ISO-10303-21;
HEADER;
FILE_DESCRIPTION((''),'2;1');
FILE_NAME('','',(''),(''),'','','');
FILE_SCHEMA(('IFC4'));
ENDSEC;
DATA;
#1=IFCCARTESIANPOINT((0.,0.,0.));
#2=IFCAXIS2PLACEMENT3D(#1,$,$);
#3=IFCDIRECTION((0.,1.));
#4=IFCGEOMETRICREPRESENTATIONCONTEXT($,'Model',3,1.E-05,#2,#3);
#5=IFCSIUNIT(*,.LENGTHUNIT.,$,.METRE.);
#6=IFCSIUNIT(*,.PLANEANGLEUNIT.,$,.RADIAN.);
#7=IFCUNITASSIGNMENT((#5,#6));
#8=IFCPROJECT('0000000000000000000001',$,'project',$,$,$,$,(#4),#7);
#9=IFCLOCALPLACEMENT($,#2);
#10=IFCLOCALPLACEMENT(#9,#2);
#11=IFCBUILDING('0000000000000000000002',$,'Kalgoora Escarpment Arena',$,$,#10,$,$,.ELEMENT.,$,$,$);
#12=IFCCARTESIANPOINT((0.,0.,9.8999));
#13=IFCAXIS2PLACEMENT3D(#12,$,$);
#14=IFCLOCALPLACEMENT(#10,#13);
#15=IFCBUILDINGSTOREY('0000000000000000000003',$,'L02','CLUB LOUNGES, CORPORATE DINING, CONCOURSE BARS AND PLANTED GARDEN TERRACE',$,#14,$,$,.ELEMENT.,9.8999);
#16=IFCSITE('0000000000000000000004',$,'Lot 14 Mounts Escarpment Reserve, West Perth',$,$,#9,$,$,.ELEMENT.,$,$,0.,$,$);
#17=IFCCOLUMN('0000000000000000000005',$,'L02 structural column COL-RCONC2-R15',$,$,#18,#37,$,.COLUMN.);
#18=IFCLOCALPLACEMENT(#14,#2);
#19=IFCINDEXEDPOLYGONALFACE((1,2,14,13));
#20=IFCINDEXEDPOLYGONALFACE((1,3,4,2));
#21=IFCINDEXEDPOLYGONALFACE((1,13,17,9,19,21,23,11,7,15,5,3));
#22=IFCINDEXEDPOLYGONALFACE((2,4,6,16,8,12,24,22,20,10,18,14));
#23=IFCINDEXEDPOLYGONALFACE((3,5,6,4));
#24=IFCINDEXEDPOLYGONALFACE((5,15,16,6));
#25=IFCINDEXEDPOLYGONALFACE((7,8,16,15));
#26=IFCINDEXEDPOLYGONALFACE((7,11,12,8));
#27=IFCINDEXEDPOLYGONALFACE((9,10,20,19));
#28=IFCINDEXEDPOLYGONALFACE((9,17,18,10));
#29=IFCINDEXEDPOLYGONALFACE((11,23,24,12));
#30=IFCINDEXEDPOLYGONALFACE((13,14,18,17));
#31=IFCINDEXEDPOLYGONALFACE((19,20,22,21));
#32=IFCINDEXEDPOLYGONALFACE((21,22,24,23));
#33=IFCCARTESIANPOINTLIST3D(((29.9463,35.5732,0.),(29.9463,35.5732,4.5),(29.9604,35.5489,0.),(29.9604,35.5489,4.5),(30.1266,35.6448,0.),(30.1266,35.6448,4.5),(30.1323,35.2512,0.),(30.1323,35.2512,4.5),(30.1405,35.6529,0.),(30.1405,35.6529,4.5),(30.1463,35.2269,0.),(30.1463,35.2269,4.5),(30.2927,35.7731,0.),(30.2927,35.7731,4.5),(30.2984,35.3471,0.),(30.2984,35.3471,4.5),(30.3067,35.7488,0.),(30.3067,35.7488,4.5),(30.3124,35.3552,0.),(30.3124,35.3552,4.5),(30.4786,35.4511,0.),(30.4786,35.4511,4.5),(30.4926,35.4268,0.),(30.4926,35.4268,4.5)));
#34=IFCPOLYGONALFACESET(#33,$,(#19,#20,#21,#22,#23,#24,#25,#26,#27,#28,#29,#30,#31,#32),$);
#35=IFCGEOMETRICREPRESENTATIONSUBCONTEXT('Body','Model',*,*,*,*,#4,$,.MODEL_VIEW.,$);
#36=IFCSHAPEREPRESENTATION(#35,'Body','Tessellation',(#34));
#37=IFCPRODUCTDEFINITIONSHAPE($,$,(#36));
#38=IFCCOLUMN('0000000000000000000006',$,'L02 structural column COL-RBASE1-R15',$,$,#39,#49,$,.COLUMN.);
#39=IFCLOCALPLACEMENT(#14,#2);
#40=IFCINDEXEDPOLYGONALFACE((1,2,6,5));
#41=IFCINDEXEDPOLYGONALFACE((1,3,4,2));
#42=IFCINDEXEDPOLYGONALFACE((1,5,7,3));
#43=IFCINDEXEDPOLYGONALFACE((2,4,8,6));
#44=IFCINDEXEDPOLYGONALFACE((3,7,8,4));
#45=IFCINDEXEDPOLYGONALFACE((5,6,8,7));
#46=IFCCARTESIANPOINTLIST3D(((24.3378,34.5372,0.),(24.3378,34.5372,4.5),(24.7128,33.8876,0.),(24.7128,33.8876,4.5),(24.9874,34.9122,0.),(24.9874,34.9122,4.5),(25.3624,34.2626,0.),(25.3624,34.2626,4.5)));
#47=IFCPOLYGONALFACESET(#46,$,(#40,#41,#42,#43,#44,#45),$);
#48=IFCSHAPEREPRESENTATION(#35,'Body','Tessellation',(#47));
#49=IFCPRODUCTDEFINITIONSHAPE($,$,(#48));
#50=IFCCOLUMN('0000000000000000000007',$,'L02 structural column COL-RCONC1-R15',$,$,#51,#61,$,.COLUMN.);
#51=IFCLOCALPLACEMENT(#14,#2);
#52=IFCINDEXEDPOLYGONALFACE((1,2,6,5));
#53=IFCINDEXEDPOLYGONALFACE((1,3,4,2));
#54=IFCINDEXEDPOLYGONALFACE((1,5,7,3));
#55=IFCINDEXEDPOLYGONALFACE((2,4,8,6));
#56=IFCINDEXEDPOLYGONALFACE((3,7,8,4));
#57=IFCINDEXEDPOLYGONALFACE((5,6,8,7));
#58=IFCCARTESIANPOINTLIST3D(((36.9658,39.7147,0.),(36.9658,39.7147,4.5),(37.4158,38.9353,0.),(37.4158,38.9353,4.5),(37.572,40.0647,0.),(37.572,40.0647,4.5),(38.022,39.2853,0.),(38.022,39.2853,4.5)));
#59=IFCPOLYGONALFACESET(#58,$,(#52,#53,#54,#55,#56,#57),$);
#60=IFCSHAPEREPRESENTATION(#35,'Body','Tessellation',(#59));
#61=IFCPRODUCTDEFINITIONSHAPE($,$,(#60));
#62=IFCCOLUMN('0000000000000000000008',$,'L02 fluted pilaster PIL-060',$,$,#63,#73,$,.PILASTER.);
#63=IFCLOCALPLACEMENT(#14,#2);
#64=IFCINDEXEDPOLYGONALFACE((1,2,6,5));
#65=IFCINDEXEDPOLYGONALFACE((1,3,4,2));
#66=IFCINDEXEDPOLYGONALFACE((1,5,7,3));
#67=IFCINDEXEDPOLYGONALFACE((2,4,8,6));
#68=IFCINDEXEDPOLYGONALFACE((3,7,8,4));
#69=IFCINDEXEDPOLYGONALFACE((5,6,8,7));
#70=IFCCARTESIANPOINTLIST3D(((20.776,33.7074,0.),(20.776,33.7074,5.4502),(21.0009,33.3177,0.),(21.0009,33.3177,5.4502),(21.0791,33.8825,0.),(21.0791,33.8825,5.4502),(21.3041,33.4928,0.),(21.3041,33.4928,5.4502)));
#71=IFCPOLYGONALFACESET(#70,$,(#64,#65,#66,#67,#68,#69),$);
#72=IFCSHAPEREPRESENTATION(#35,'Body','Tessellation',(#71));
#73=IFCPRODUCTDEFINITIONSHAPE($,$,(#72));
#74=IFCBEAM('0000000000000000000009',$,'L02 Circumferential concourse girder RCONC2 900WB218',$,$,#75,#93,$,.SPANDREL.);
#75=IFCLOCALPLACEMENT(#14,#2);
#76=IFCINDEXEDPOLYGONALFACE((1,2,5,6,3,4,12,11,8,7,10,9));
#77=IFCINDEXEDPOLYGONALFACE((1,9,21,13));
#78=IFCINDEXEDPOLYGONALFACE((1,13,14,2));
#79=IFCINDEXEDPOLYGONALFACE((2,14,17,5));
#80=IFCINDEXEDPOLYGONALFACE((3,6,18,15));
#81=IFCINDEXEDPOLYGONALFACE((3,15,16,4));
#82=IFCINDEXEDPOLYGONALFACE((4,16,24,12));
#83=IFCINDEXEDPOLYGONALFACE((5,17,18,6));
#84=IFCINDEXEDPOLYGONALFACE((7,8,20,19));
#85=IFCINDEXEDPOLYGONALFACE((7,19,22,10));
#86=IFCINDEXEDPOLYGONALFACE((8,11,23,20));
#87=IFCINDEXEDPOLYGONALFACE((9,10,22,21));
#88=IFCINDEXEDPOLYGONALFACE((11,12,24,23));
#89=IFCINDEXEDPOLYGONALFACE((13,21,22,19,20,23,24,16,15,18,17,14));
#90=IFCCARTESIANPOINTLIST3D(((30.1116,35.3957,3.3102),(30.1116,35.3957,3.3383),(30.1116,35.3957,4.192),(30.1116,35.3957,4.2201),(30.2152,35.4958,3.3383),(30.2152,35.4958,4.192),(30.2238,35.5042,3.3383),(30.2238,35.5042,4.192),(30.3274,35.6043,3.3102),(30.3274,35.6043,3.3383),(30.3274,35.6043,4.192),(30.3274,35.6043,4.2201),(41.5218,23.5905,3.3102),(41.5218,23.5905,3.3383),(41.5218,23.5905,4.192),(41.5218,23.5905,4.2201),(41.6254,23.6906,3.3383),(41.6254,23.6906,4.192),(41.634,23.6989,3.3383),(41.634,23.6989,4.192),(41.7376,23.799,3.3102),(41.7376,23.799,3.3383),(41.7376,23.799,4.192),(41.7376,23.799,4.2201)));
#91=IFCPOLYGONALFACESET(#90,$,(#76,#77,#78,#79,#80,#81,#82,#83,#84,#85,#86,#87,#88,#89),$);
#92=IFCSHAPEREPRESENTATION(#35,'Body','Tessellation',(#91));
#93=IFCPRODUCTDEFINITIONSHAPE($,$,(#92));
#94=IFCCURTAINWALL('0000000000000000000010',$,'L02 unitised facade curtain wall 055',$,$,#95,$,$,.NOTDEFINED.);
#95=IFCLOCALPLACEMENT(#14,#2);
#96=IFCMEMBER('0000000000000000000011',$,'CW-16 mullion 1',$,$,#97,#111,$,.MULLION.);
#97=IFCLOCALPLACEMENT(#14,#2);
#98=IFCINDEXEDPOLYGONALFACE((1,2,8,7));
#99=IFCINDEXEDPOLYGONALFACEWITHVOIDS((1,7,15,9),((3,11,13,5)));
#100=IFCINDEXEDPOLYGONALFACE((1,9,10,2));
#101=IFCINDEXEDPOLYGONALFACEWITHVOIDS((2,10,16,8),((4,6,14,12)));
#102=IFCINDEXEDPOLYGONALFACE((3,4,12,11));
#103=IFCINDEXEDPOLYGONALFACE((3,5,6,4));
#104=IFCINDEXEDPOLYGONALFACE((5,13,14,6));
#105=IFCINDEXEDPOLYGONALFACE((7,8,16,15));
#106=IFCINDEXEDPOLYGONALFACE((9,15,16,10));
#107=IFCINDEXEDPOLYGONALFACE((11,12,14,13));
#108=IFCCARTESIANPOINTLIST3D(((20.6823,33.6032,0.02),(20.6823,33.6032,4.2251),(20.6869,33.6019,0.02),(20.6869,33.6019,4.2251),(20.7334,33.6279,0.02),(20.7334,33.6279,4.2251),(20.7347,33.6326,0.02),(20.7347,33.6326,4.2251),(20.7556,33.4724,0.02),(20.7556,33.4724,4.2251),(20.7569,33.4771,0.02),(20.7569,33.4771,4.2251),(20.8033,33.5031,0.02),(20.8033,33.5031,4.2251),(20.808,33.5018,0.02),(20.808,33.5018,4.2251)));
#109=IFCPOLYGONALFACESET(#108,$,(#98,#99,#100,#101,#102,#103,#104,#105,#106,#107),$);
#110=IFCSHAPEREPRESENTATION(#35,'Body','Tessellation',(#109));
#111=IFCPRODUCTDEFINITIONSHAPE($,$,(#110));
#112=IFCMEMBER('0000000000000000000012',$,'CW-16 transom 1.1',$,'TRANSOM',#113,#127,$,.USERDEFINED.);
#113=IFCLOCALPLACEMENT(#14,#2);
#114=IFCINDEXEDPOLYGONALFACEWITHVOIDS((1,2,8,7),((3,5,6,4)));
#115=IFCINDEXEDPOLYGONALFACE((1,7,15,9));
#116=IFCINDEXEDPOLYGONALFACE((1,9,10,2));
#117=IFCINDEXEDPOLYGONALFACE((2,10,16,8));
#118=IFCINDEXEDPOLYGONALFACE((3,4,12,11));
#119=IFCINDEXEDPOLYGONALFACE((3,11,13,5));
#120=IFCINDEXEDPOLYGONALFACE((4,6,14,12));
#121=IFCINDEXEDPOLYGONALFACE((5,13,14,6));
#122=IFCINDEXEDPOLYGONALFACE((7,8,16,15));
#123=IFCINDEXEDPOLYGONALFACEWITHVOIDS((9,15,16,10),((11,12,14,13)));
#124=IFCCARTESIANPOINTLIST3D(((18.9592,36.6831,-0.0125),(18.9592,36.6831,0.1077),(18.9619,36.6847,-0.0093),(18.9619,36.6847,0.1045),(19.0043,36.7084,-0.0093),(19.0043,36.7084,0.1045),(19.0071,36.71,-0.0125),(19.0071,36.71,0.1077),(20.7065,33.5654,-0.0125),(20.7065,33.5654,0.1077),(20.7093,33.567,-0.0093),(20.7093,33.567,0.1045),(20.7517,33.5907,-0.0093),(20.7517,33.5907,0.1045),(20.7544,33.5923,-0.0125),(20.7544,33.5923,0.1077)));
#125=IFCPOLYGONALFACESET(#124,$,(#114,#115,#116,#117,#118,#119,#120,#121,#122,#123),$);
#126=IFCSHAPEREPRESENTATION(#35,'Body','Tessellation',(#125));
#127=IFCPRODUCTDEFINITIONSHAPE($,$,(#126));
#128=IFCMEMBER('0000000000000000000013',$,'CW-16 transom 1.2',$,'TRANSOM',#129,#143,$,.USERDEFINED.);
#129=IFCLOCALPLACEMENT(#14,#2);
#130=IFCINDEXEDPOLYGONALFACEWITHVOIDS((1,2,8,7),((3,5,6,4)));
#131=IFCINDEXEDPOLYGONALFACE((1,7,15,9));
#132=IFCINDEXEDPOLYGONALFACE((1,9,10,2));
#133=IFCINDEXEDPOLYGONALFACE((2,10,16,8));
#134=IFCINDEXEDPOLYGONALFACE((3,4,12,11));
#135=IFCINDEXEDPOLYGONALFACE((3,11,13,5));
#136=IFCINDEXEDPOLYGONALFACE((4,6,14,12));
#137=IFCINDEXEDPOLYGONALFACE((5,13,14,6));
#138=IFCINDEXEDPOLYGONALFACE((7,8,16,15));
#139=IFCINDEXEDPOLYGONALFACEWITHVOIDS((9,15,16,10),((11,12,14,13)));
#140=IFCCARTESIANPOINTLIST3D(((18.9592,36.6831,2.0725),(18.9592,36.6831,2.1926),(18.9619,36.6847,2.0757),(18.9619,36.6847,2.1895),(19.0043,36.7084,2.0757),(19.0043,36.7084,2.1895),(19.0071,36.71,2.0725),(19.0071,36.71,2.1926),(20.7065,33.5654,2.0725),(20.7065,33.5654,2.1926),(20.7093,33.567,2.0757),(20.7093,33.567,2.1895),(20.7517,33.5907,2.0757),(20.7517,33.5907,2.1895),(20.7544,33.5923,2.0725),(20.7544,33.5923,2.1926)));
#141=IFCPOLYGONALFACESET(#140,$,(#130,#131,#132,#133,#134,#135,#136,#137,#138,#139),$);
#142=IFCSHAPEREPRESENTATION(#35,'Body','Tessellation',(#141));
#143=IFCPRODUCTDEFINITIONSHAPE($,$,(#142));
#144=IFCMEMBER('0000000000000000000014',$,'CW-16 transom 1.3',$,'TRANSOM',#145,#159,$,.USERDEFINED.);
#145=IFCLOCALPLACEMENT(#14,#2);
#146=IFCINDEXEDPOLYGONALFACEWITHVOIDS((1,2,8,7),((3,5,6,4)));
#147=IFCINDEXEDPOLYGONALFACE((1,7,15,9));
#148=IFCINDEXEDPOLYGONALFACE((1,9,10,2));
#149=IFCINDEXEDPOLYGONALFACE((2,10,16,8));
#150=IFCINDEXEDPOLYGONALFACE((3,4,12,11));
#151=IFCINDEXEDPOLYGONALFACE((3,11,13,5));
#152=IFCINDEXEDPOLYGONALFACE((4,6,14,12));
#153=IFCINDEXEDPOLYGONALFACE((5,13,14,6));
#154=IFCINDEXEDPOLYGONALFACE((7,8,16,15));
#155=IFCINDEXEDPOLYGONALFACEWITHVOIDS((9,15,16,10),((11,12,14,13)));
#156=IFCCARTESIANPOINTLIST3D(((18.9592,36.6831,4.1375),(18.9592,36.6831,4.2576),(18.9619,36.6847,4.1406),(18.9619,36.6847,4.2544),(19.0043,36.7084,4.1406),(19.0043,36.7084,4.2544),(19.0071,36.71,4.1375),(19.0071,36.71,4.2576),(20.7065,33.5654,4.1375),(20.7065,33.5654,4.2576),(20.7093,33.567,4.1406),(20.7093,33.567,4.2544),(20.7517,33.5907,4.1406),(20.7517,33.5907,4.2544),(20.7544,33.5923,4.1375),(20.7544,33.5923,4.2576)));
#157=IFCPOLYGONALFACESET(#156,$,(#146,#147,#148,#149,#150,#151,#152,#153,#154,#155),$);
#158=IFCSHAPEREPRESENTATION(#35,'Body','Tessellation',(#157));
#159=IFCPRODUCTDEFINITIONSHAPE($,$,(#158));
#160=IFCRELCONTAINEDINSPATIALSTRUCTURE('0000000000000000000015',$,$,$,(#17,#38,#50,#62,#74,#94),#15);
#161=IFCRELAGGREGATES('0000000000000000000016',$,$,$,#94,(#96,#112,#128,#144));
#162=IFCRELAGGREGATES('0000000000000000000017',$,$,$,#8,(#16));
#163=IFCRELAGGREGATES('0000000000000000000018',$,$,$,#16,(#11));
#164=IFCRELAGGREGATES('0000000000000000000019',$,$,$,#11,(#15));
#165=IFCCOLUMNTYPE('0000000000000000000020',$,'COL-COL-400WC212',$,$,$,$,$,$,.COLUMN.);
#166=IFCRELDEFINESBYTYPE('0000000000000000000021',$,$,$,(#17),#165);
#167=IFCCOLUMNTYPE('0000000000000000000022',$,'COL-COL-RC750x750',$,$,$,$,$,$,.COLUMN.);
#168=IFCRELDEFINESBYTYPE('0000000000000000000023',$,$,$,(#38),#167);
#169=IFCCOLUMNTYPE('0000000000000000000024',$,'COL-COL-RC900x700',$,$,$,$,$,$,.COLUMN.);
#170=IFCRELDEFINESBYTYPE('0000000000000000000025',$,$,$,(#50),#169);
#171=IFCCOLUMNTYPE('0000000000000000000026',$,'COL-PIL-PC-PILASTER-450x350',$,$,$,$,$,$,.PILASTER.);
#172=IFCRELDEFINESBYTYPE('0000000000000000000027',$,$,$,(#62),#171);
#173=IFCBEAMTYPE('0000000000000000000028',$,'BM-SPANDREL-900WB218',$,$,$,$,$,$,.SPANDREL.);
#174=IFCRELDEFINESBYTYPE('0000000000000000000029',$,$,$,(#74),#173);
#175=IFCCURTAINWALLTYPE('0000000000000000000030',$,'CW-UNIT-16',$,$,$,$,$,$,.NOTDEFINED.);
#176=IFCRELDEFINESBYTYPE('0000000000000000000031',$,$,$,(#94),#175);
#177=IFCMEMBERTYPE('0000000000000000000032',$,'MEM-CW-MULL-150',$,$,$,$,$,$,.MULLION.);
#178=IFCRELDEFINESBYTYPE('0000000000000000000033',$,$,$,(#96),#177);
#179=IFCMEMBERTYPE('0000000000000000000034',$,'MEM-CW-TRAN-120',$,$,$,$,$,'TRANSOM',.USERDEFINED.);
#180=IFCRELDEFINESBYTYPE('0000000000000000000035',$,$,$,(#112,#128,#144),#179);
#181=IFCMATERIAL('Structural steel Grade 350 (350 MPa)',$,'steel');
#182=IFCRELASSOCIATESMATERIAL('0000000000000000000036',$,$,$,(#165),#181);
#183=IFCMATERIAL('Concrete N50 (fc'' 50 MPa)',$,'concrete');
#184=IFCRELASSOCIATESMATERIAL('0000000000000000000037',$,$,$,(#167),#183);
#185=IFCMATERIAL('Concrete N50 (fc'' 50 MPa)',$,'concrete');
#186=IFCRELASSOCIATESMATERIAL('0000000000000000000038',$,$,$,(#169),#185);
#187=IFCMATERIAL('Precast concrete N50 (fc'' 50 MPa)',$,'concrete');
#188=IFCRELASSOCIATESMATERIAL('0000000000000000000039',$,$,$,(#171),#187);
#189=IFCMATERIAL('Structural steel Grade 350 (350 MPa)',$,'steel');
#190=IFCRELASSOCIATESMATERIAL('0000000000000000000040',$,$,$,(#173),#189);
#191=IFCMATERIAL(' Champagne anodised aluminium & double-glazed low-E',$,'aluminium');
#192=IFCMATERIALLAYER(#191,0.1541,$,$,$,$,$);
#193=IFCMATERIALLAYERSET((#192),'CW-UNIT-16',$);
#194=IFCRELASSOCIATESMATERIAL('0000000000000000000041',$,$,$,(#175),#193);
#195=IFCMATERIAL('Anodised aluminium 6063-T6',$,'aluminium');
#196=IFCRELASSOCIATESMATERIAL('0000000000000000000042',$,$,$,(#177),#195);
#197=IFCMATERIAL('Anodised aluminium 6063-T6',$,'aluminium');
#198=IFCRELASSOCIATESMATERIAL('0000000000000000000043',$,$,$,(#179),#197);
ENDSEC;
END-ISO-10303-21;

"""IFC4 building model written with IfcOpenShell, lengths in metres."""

from ifc_helpers import new_model, si_unit, direction, frame, origin, origin_2d, place, context, subcontext, project, spatial, rectangle, hollow_rectangle, i_section, extrude, material, layer, layer_set, material_profile, profile_set, type_object, element, aggregate, save


model = new_model("IFC4")

# Units and contexts
model_context = context("Model", 3, precision=1e-05, world=origin(), true_north=direction((0.0, 1.0)))
body_context = subcontext(model_context, "Body", "Model", "MODEL_VIEW")
ifc_project = project(units=[si_unit("LENGTHUNIT", "METRE"), si_unit("PLANEANGLEUNIT", "RADIAN")], contexts=[model_context])

# Site, building, storey
site_placement = place(None, origin())
site = spatial("IfcSite", under=ifc_project, at=site_placement, Name="Lot 14 Mounts Escarpment Reserve, West Perth", CompositionType="ELEMENT", RefElevation=0.0)
building_placement = place(site_placement, origin())
building = spatial("IfcBuilding", under=site, at=building_placement, Name="Kalgoora Escarpment Arena", CompositionType="ELEMENT")
storey_placement = place(building_placement, frame((0.0, 0.0, 9.8999)))
storey = spatial("IfcBuildingStorey", under=building, at=storey_placement, Name="L02", Description="CLUB LOUNGES, CORPORATE DINING, CONCOURSE BARS AND PLANTED GARDEN TERRACE", CompositionType="ELEMENT", Elevation=9.8999)

# Columns
ifc_material_1 = material(Name="Structural steel Grade 350 (350 MPa)", Category="steel")
ifc_material_profile_1 = material_profile(ifc_material_1, i_section(OverallWidth=0.3999, OverallDepth=0.3999, WebThickness=0.0161, FlangeThickness=0.0281, at=origin_2d()))
ifc_profile_set_1 = profile_set([ifc_material_profile_1], Name="Structural steel Grade 350 (350 MPa)")
column_type_1 = type_object("IfcColumnType", Name="COL-COL-400WC212", PredefinedType="COLUMN", material=ifc_profile_set_1)
column_1_placement = place(storey_placement, frame((30.2195, 35.5, 0.0), z_axis=(0.0, 0.0, 1.0), x_axis=(-0.866025, -0.5, 0.0)))
element("IfcColumn", 1, at=column_1_placement, inside=storey, type_object=column_type_1, Name="L02 structural column COL-RCONC2-R15", PredefinedType="COLUMN", context=body_context, shape_type="SweptSolid", body=[
    extrude(i_section(OverallWidth=0.3999, OverallDepth=0.3999, WebThickness=0.0161, FlangeThickness=0.0281, at=origin_2d()), origin(), (0.0, 0.0, 1.0), 4.5),
])
ifc_material_2 = material(Name="Concrete N50 (fc' 50 MPa)", Category="concrete")
ifc_material_profile_2 = material_profile(ifc_material_2, rectangle(XDim=0.75, YDim=0.75, at=origin_2d()))
ifc_profile_set_2 = profile_set([ifc_material_profile_2], Name="Concrete N50 (fc' 50 MPa)")
column_type_2 = type_object("IfcColumnType", Name="COL-COL-RC750x750", PredefinedType="COLUMN", material=ifc_profile_set_2)
column_2_placement = place(storey_placement, frame((24.8501, 34.3999, 0.0), z_axis=(0.0, 0.0, 1.0), x_axis=(-0.866025, -0.5, 0.0)))
element("IfcColumn", 2, at=column_2_placement, inside=storey, type_object=column_type_2, Name="L02 structural column COL-RBASE1-R15", PredefinedType="COLUMN", context=body_context, shape_type="SweptSolid", body=[
    extrude(rectangle(XDim=0.75, YDim=0.75, at=origin_2d()), origin(), (0.0, 0.0, 1.0), 4.5),
])
ifc_material_3 = material(Name="Concrete N50 (fc' 50 MPa)", Category="concrete")
ifc_material_profile_3 = material_profile(ifc_material_3, rectangle(XDim=0.7, YDim=0.8999, at=origin_2d()))
ifc_profile_set_3 = profile_set([ifc_material_profile_3], Name="Concrete N50 (fc' 50 MPa)")
column_type_3 = type_object("IfcColumnType", Name="COL-COL-RC900x700", PredefinedType="COLUMN", material=ifc_profile_set_3)
column_3_placement = place(storey_placement, frame((37.4939, 39.5, 0.0), z_axis=(0.0, 0.0, 1.0), x_axis=(-0.866025, -0.5, 0.0)))
element("IfcColumn", 3, at=column_3_placement, inside=storey, type_object=column_type_3, Name="L02 structural column COL-RCONC1-R15", PredefinedType="COLUMN", context=body_context, shape_type="SweptSolid", body=[
    extrude(rectangle(XDim=0.7, YDim=0.8999, at=origin_2d()), origin(), (0.0, 0.0, 1.0), 4.5),
])
ifc_material_4 = material(Name="Precast concrete N50 (fc' 50 MPa)", Category="concrete")
ifc_material_profile_4 = material_profile(ifc_material_4, rectangle(XDim=0.3501, YDim=0.45, at=origin_2d()))
ifc_profile_set_4 = profile_set([ifc_material_profile_4], Name="Precast concrete N50 (fc' 50 MPa)")
column_type_4 = type_object("IfcColumnType", Name="COL-PIL-PC-PILASTER-450x350", PredefinedType="PILASTER", material=ifc_profile_set_4)
column_4_placement = place(storey_placement, frame((21.04, 33.6001, 0.0), z_axis=(0.0, 0.0, 1.0), x_axis=(-0.866025, -0.5, 0.0)))
element("IfcColumn", 4, at=column_4_placement, inside=storey, type_object=column_type_4, Name="L02 fluted pilaster PIL-060", PredefinedType="PILASTER", context=body_context, shape_type="SweptSolid", body=[
    extrude(rectangle(XDim=0.3501, YDim=0.45, at=origin_2d()), origin(), (0.0, 0.0, 1.0), 5.4502),
])

# Beam
ifc_material_5 = material(Name="Structural steel Grade 350 (350 MPa)", Category="steel")
ifc_material_profile_5 = material_profile(ifc_material_5, i_section(OverallWidth=0.3, OverallDepth=0.9099, WebThickness=0.012, FlangeThickness=0.0281, at=origin_2d()))
ifc_profile_set_5 = profile_set([ifc_material_profile_5], Name="Structural steel Grade 350 (350 MPa)")
beam_type = type_object("IfcBeamType", Name="BM-SPANDREL-900WB218", PredefinedType="SPANDREL", material=ifc_profile_set_5)
beam_placement = place(storey_placement, frame((30.2195, 35.5, 3.7651), z_axis=(0.694974, -0.719034, 0.0), x_axis=(0.719034, 0.694974, 0.0)))
element("IfcBeam", 5, at=beam_placement, inside=storey, type_object=beam_type, Name="L02 Circumferential concourse girder RCONC2 900WB218", PredefinedType="SPANDREL", context=body_context, shape_type="SweptSolid", body=[
    extrude(i_section(OverallWidth=0.3, OverallDepth=0.9099, WebThickness=0.012, FlangeThickness=0.0281, at=origin_2d()), origin(), (0.0, 0.0, 1.0), 16.4182),
])

# Curtain wall, members
ifc_material_6 = material(Name=" Champagne anodised aluminium & double-glazed low-E", Category="aluminium")
ifc_layer_1 = layer(ifc_material_6, 0.1541)
ifc_layer_set_1 = layer_set([ifc_layer_1], Name="CW-UNIT-16")
curtain_wall_type = type_object("IfcCurtainWallType", Name="CW-UNIT-16", PredefinedType="NOTDEFINED", material=ifc_layer_set_1)
curtain_wall_placement = place(storey_placement, origin())
curtain_wall = element("IfcCurtainWall", 6, at=curtain_wall_placement, inside=storey, type_object=curtain_wall_type, Name="L02 unitised facade curtain wall 055", PredefinedType="NOTDEFINED")
ifc_material_7 = material(Name="Anodised aluminium 6063-T6", Category="aluminium")
ifc_material_profile_6 = material_profile(ifc_material_7, hollow_rectangle(XDim=0.0601, YDim=0.1499, WallThickness=0.0034, at=origin_2d()))
ifc_profile_set_6 = profile_set([ifc_material_profile_6], Name="Anodised aluminium 6063-T6")
member_type_1 = type_object("IfcMemberType", Name="MEM-CW-MULL-150", PredefinedType="MULLION", material=ifc_profile_set_6)
member_1_placement = place(storey_placement, frame((20.7451, 33.5525, 0.02), z_axis=(0.0, 0.0, 1.0), x_axis=(-0.872356, -0.488871, 0.0)))
member_1 = element("IfcMember", 7, at=member_1_placement, type_object=member_type_1, Name="CW-16 mullion 1", PredefinedType="MULLION", context=body_context, shape_type="SweptSolid", body=[
    extrude(hollow_rectangle(XDim=0.0601, YDim=0.1499, WallThickness=0.0034, at=origin_2d()), origin(), (0.0, 0.0, 1.0), 4.2051),
])
ifc_material_8 = material(Name="Anodised aluminium 6063-T6", Category="aluminium")
ifc_material_profile_7 = material_profile(ifc_material_8, hollow_rectangle(XDim=0.0549, YDim=0.1201, WallThickness=0.0032, at=origin_2d()))
ifc_profile_set_7 = profile_set([ifc_material_profile_7], Name="Anodised aluminium 6063-T6")
member_type_2 = type_object("IfcMemberType", Name="MEM-CW-TRAN-120", ElementType="TRANSOM", PredefinedType="USERDEFINED", material=ifc_profile_set_7)
member_2_placement = place(storey_placement, frame((20.7305, 33.5789, 0.0476), z_axis=(-0.488905, 0.872337, 0.0), x_axis=(-0.872337, -0.488905, 0.0)))
member_2 = element("IfcMember", 8, at=member_2_placement, type_object=member_type_2, Name="CW-16 transom 1.1", ObjectType="TRANSOM", PredefinedType="USERDEFINED", context=body_context, shape_type="SweptSolid", body=[
    extrude(hollow_rectangle(XDim=0.0549, YDim=0.1201, WallThickness=0.0032, at=origin_2d()), origin(), (0.0, 0.0, 1.0), 3.574),
])
member_3_placement = place(storey_placement, frame((20.7305, 33.5789, 2.1326), z_axis=(-0.488905, 0.872337, 0.0), x_axis=(-0.872337, -0.488905, 0.0)))
member_3 = element("IfcMember", 9, at=member_3_placement, type_object=member_type_2, Name="CW-16 transom 1.2", ObjectType="TRANSOM", PredefinedType="USERDEFINED", context=body_context, shape_type="SweptSolid", body=[
    extrude(hollow_rectangle(XDim=0.0549, YDim=0.1201, WallThickness=0.0032, at=origin_2d()), origin(), (0.0, 0.0, 1.0), 3.574),
])
member_4_placement = place(storey_placement, frame((20.7305, 33.5789, 4.1975), z_axis=(-0.488905, 0.872337, 0.0), x_axis=(-0.872337, -0.488905, 0.0)))
member_4 = element("IfcMember", 10, at=member_4_placement, type_object=member_type_2, Name="CW-16 transom 1.3", ObjectType="TRANSOM", PredefinedType="USERDEFINED", context=body_context, shape_type="SweptSolid", body=[
    extrude(hollow_rectangle(XDim=0.0549, YDim=0.1201, WallThickness=0.0032, at=origin_2d()), origin(), (0.0, 0.0, 1.0), 3.574),
])

aggregate(curtain_wall, [member_1, member_2, member_3, member_4])

save(model, "model.ifc")
